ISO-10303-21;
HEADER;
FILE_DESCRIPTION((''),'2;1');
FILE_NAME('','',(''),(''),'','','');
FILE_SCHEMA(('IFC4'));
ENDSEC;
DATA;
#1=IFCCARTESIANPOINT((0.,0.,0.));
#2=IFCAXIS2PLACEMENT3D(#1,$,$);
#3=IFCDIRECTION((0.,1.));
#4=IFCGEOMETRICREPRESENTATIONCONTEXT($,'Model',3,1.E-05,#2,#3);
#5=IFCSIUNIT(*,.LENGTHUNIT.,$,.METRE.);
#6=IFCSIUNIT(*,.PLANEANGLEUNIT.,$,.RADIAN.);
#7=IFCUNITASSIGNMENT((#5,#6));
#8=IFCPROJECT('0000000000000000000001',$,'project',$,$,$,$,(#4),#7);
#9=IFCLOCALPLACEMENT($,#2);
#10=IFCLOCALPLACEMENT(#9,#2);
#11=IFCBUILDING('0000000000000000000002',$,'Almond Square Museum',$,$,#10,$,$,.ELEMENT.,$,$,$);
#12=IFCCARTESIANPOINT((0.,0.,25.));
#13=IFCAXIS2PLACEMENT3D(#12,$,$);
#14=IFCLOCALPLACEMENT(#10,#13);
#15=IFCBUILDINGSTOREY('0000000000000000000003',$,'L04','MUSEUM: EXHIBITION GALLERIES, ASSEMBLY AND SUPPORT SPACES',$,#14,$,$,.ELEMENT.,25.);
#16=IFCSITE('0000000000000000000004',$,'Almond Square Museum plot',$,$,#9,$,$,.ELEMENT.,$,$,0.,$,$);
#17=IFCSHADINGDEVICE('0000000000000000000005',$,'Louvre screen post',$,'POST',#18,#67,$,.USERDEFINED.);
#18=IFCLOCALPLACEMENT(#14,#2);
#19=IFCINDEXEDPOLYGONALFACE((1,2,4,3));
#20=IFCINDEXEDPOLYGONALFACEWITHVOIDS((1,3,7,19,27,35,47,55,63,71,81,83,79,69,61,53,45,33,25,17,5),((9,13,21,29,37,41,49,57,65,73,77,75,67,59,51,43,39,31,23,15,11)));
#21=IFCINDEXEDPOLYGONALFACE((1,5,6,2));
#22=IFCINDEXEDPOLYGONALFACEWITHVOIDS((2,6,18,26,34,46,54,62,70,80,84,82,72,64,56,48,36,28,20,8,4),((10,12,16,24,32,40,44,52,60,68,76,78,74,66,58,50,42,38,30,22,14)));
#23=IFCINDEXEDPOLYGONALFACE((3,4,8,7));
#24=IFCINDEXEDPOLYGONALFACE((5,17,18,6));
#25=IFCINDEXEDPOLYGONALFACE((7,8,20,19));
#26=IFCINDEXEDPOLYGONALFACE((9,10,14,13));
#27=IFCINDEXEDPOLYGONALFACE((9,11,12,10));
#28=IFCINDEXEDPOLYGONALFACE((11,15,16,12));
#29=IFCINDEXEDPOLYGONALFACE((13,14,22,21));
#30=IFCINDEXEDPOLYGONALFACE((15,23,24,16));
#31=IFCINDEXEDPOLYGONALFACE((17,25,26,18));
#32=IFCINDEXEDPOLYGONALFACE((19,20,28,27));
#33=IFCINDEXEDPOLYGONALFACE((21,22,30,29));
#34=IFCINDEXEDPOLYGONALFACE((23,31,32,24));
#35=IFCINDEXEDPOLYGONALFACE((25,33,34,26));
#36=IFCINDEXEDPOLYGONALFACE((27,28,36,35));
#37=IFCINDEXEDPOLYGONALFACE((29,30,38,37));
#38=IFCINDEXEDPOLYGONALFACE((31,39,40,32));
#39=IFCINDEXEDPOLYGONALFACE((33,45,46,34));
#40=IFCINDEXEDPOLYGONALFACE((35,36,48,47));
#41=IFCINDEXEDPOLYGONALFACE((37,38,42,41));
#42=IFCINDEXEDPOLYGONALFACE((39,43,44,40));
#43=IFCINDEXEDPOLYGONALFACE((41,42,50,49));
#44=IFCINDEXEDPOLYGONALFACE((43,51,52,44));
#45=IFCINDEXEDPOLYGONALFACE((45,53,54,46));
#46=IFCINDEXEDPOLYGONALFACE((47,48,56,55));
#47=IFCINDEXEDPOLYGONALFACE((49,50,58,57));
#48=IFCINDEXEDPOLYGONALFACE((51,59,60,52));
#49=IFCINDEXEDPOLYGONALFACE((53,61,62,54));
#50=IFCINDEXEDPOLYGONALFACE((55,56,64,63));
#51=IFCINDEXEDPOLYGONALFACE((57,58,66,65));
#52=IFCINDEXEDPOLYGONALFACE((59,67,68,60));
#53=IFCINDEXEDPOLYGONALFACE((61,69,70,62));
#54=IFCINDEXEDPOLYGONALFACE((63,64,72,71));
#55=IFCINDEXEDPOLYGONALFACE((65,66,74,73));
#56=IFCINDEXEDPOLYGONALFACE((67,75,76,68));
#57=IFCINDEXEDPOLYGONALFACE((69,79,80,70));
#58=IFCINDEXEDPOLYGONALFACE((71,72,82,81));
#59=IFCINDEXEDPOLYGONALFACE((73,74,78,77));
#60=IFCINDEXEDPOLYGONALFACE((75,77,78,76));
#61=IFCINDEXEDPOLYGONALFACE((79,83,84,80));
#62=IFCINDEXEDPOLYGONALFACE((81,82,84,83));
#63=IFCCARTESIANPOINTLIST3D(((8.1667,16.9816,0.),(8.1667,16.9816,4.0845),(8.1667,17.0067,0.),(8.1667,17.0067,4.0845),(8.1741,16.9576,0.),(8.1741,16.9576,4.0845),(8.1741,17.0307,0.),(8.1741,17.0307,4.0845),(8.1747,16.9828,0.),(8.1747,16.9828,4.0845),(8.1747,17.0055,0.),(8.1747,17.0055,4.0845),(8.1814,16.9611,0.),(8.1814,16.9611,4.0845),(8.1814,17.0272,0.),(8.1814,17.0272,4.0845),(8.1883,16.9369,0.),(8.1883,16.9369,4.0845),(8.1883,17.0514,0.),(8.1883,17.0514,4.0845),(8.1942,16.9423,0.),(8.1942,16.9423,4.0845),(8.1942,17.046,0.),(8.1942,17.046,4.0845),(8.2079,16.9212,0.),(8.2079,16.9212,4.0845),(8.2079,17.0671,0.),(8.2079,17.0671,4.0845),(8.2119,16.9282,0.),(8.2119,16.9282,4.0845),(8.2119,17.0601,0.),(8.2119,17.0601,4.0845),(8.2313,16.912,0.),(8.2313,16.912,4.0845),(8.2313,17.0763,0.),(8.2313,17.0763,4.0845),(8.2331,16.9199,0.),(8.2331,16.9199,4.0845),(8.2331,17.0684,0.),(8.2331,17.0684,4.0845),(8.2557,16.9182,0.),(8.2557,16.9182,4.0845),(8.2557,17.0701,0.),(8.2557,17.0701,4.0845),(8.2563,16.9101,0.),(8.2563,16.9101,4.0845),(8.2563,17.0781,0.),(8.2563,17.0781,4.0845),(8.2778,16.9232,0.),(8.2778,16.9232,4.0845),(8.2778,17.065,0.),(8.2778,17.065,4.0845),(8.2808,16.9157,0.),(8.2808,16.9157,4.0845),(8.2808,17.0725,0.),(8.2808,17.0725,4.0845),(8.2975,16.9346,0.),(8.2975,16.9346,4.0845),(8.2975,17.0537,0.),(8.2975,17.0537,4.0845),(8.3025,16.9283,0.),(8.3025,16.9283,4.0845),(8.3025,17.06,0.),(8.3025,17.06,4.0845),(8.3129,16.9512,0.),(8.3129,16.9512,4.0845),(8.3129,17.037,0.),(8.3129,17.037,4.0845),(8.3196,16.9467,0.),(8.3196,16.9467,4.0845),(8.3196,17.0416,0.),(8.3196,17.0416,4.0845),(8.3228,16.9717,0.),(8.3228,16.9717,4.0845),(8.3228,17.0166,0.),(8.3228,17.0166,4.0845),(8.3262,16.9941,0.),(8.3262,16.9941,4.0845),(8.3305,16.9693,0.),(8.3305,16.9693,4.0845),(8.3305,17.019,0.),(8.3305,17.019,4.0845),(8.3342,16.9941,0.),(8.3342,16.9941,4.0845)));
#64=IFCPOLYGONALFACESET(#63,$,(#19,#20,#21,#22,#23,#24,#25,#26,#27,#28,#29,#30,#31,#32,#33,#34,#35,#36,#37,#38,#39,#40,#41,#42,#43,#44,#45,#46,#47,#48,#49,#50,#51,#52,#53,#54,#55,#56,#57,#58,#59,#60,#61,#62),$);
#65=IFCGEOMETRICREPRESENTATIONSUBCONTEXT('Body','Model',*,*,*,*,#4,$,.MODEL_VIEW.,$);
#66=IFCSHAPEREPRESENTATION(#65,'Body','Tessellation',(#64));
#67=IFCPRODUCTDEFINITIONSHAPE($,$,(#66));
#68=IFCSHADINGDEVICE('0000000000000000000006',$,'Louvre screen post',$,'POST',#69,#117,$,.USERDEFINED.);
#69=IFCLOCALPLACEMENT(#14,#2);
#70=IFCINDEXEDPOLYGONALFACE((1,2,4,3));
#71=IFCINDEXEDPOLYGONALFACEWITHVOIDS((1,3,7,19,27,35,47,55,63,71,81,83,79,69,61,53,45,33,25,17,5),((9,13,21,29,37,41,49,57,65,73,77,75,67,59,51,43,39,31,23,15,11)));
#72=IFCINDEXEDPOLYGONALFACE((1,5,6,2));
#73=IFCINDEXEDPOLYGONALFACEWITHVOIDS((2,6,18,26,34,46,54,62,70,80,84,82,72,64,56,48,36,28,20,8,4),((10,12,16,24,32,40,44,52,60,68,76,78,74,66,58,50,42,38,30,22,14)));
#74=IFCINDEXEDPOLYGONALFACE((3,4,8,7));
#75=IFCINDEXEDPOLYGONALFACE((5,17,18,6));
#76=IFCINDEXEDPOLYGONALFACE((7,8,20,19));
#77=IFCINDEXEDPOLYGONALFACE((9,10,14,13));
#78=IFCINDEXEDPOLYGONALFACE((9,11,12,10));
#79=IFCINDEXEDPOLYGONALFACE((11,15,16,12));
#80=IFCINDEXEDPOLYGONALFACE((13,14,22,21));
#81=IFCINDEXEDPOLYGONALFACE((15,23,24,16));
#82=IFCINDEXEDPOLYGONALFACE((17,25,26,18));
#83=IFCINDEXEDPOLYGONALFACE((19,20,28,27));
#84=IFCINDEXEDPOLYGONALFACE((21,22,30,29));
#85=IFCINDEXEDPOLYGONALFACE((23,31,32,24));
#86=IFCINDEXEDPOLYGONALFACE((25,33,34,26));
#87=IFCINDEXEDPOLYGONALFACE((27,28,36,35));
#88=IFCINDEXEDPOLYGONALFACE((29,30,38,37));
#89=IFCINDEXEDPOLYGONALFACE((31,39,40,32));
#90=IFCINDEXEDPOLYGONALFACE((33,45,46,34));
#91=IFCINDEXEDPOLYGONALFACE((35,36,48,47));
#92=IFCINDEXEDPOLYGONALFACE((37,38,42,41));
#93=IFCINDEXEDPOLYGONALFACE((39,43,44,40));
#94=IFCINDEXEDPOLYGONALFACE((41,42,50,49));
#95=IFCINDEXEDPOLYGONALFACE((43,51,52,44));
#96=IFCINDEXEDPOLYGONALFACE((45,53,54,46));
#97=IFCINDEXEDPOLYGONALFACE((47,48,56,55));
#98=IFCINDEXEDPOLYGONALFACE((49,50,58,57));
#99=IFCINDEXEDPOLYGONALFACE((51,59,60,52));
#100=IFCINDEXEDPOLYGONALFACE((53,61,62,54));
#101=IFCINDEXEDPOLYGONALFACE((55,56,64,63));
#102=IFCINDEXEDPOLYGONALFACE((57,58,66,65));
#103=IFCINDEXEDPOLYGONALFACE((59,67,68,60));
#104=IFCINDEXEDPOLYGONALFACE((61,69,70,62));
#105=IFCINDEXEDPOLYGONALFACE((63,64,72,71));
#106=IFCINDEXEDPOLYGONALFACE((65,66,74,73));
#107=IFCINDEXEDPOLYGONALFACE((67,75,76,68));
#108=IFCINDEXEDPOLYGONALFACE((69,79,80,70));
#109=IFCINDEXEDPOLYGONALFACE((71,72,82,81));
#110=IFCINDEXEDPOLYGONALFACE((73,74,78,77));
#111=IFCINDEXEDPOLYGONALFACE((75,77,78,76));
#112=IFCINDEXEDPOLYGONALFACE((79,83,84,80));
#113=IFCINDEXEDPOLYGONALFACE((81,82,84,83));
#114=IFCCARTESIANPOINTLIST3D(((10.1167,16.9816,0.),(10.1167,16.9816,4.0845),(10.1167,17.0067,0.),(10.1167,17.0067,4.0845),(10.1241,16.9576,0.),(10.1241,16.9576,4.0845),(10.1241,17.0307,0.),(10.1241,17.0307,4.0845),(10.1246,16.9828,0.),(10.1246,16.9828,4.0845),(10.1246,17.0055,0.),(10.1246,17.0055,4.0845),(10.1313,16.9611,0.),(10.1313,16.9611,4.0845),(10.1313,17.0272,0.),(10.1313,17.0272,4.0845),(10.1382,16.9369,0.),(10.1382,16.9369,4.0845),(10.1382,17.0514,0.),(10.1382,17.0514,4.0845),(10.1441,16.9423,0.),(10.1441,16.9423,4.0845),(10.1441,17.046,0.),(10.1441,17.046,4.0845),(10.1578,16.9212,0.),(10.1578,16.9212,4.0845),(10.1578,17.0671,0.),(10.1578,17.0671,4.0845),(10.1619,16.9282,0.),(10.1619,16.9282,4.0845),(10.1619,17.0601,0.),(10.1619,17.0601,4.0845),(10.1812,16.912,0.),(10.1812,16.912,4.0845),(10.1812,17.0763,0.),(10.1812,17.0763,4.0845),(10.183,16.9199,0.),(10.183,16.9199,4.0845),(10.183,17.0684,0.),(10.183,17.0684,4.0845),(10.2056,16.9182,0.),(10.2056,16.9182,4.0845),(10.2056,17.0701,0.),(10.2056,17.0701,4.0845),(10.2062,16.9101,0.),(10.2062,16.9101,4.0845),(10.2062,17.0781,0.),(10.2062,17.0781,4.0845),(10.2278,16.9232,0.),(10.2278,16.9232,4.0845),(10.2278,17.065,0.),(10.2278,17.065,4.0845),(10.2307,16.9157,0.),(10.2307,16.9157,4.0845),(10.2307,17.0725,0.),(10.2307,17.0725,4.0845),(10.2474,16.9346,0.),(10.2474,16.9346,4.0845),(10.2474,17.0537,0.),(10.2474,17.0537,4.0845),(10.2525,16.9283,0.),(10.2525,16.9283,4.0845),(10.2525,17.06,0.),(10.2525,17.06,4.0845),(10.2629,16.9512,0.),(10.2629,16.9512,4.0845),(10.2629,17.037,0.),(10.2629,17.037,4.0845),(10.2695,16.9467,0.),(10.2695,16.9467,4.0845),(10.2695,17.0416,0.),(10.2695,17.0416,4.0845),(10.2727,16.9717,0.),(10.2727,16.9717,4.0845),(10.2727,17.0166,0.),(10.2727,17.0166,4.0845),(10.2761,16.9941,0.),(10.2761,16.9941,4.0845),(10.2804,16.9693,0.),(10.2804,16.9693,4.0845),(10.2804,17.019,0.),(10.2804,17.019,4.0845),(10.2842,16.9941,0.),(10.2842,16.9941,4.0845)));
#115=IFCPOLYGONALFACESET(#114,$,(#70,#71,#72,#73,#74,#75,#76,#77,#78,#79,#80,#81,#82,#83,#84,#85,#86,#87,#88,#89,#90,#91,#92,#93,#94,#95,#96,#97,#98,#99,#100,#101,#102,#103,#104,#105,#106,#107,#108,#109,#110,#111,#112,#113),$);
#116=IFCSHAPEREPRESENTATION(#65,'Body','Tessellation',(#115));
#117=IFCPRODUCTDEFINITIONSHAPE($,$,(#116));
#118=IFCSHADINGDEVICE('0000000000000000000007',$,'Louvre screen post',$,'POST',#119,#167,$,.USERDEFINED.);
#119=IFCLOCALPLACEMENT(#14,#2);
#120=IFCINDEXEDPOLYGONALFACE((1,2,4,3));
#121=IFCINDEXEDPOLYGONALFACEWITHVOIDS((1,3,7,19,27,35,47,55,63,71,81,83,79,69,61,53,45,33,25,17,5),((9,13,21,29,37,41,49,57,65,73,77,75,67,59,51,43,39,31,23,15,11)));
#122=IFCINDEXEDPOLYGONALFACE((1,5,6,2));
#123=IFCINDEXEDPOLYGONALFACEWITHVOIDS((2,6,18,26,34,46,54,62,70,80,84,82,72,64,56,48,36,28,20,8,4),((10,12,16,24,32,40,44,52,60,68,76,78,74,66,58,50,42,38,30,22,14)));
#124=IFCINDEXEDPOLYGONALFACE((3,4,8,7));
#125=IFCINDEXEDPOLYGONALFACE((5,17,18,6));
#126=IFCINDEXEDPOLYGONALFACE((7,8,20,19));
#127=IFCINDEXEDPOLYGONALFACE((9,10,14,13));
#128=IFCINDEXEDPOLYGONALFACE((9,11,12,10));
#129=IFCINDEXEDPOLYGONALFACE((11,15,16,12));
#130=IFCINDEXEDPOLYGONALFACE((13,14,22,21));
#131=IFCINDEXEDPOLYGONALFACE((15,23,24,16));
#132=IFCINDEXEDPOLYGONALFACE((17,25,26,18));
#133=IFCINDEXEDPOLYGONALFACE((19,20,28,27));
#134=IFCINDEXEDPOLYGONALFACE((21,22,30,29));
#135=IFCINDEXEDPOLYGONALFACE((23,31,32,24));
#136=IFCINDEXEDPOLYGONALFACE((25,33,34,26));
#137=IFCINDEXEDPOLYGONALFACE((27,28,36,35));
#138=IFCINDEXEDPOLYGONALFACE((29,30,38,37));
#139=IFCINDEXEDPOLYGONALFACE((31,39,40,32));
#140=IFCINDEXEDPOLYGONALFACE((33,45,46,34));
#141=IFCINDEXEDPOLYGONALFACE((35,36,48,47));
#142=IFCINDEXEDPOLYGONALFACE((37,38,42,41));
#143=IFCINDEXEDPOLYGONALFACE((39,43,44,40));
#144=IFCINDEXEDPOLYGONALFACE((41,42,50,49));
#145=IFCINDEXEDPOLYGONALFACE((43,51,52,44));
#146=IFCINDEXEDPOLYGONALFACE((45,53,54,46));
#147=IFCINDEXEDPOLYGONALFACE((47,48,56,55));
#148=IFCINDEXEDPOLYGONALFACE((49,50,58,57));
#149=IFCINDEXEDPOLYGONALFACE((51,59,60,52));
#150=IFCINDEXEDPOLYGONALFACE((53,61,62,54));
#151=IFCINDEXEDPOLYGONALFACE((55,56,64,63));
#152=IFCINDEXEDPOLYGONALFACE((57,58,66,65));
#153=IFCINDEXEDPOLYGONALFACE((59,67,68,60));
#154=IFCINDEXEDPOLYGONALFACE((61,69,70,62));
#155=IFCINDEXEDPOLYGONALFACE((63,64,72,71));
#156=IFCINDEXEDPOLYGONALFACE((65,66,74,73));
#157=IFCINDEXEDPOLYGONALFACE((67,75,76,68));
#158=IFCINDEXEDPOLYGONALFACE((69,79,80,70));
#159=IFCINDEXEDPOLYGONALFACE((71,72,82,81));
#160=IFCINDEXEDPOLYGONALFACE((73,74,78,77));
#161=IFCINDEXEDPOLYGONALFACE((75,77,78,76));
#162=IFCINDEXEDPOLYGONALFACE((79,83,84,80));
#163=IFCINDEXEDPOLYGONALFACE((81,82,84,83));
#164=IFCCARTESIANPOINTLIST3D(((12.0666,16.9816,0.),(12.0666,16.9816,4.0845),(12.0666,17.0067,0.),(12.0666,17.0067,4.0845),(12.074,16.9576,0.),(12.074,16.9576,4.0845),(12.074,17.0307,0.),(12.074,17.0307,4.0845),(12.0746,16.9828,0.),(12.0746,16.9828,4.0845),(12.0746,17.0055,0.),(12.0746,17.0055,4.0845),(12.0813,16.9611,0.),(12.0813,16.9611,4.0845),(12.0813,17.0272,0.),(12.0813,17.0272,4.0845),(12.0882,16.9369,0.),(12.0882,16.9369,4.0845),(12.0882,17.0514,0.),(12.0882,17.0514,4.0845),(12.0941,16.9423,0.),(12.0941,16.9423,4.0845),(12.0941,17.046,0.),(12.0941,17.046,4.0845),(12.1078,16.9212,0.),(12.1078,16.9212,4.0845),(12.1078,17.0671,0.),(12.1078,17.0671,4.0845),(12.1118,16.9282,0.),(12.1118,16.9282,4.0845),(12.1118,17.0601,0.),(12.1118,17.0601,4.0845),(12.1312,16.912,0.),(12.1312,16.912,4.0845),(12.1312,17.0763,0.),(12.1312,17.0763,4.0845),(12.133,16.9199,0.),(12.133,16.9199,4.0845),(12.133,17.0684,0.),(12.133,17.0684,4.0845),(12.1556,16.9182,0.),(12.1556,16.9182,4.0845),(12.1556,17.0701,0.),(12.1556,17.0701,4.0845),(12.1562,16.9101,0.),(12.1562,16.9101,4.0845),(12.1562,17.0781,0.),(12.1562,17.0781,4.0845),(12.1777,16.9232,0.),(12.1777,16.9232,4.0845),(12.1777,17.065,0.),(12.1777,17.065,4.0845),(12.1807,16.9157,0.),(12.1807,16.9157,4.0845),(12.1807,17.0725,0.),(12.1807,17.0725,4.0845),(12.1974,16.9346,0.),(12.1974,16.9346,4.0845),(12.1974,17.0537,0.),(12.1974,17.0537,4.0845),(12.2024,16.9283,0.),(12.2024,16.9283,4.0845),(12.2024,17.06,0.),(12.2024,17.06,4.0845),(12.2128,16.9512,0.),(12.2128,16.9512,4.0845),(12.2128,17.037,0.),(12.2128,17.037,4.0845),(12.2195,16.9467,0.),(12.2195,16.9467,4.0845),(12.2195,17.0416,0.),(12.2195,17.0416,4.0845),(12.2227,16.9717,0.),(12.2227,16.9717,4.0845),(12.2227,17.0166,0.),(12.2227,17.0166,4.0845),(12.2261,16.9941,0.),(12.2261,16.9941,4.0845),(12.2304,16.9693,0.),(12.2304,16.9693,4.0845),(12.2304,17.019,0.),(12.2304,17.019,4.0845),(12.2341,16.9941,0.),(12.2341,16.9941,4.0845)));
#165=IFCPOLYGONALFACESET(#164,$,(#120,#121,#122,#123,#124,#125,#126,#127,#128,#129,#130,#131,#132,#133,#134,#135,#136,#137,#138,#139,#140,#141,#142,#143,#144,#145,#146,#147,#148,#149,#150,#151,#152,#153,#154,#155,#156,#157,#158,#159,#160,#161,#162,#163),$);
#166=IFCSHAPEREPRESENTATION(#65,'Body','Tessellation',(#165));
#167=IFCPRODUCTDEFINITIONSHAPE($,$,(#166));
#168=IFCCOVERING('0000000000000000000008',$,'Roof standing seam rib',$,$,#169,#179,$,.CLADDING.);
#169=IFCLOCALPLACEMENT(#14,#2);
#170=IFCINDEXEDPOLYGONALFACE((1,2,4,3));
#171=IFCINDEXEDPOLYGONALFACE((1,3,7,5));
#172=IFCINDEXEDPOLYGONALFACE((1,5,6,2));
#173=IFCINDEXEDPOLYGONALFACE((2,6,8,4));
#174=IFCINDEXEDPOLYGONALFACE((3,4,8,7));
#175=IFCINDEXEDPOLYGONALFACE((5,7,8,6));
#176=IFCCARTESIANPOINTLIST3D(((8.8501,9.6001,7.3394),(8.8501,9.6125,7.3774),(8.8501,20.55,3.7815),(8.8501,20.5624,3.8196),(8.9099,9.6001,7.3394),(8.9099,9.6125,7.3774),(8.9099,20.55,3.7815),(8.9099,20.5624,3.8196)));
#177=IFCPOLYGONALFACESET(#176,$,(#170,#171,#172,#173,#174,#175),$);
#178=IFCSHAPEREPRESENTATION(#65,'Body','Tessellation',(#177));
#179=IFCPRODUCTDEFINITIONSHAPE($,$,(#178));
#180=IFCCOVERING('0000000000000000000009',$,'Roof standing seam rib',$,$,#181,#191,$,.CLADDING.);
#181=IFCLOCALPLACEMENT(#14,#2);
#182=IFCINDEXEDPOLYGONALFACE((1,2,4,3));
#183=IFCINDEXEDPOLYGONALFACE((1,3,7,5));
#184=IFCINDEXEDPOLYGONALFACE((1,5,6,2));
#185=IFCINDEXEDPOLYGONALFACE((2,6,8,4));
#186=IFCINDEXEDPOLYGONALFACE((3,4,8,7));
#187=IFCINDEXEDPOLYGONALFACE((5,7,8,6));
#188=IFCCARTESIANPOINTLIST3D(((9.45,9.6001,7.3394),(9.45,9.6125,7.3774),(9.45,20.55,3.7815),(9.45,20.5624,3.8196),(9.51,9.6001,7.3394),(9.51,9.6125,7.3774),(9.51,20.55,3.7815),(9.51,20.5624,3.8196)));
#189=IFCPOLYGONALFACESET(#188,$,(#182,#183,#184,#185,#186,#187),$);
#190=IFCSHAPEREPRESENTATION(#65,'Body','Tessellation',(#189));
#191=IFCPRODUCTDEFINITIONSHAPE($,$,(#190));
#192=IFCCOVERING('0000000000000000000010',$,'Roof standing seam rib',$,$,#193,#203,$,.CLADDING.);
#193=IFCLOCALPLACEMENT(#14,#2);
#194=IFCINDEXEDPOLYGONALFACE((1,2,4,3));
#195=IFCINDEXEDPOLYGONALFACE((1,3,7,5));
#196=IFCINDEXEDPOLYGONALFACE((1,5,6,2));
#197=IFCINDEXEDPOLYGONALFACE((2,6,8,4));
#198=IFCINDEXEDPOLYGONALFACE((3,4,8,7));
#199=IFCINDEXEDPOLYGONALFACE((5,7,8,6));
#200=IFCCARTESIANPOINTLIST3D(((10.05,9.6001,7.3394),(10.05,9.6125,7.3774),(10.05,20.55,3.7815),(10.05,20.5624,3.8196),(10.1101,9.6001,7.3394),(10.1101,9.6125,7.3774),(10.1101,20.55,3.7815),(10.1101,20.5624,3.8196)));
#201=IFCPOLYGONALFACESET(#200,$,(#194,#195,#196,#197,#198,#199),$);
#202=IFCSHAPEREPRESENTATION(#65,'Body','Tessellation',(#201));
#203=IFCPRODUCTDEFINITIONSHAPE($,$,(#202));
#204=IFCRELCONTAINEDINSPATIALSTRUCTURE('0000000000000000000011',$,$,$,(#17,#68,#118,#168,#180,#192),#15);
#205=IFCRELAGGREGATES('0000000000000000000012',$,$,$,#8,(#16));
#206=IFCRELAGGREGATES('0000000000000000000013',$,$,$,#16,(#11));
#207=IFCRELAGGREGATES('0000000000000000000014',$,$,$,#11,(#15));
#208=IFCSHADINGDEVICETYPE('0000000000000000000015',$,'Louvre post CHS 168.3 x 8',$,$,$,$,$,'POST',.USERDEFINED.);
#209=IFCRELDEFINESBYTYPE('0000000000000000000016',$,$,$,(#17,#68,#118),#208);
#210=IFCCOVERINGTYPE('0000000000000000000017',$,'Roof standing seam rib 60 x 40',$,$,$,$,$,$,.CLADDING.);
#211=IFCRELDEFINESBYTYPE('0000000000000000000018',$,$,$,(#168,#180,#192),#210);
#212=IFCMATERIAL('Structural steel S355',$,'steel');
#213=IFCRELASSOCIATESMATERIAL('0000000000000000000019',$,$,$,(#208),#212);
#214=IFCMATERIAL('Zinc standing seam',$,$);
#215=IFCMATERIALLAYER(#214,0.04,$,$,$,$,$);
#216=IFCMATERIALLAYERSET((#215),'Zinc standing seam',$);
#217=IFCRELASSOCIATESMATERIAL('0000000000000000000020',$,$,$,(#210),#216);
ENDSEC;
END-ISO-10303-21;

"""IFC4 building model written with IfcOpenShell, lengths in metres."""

from ifc_helpers import new_model, si_unit, direction, frame, origin, origin_2d, place, context, subcontext, project, spatial, polyline, hollow_circle, outline, extrude, material, layer, layer_set, material_profile, profile_set, type_object, element, save


model = new_model("IFC4")

# Units and contexts
model_context = context("Model", 3, precision=1e-05, world=origin(), true_north=direction((0.0, 1.0)))
body_context = subcontext(model_context, "Body", "Model", "MODEL_VIEW")
ifc_project = project(units=[si_unit("LENGTHUNIT", "METRE"), si_unit("PLANEANGLEUNIT", "RADIAN")], contexts=[model_context])

# Site, building, storey
site_placement = place(None, origin())
site = spatial("IfcSite", under=ifc_project, at=site_placement, Name="Almond Square Museum plot", CompositionType="ELEMENT", RefElevation=0.0)
building_placement = place(site_placement, origin())
building = spatial("IfcBuilding", under=site, at=building_placement, Name="Almond Square Museum", CompositionType="ELEMENT")
storey_placement = place(building_placement, frame((0.0, 0.0, 25.0)))
storey = spatial("IfcBuildingStorey", under=building, at=storey_placement, Name="L04", Description="MUSEUM: EXHIBITION GALLERIES, ASSEMBLY AND SUPPORT SPACES", CompositionType="ELEMENT", Elevation=25.0)

# Shading devices
ifc_material_1 = material(Name="Structural steel S355", Category="steel")
ifc_material_profile_1 = material_profile(ifc_material_1, hollow_circle(Radius=0.0842, WallThickness=0.0081, at=origin_2d()))
ifc_profile_set_1 = profile_set([ifc_material_profile_1], Name="Structural steel S355")
shading_device_type_1 = type_object("IfcShadingDeviceType", Name="Louvre post CHS 168.3 x 8", ElementType="POST", PredefinedType="USERDEFINED", material=ifc_profile_set_1)
for number, where, z_axis, x_axis, name in (
    (1, (8.25, 16.9941, 0.0), (0.0, 0.0, 1.0), (1.0, 0.0, 0.0), "Louvre screen post"),
    (2, (10.2, 16.9941, 0.0), (0.0, 0.0, 1.0), (1.0, 0.0, 0.0), "Louvre screen post"),
    (3, (12.1499, 16.9941, 0.0), (0.0, 0.0, 1.0), (1.0, 0.0, 0.0), "Louvre screen post"),
):
    element("IfcShadingDevice", number, at=place(storey_placement, frame(where, z_axis=z_axis, x_axis=x_axis)), inside=storey, type_object=shading_device_type_1, Name=name, ObjectType="POST", PredefinedType="USERDEFINED", context=body_context, shape_type="SweptSolid", body=[
        extrude(hollow_circle(Radius=0.0842, WallThickness=0.0081, at=origin_2d()), origin(), (0.0, 0.0, 1.0), 4.0845),
    ])

# Coverings
ifc_material_2 = material(Name="Zinc standing seam")
ifc_layer_1 = layer(ifc_material_2, 0.04)
ifc_layer_set_1 = layer_set([ifc_layer_1], Name="Zinc standing seam")
covering_type = type_object("IfcCoveringType", Name="Roof standing seam rib 60 x 40", PredefinedType="CLADDING", material=ifc_layer_set_1)
covering_1_placement = place(storey_placement, frame((8.9099, 9.6001, 7.3394), z_axis=(0.0, 0.309018, 0.951056), x_axis=(0.0, 0.951056, -0.309018)))
element("IfcCovering", 4, at=covering_1_placement, inside=storey, type_object=covering_type, Name="Roof standing seam rib", PredefinedType="CLADDING", context=body_context, shape_type="SweptSolid", body=[
    extrude(outline(polyline([(0.0, 0.0), (11.5135, 0.0), (11.5135, 0.0598), (0.0, 0.0598), (0.0, 0.0)])), origin(), (0.0, 0.0, 1.0), 0.04),
])
for number, where, z_axis, x_axis, name in (
    (5, (9.51, 9.6001, 7.3394), (0.0, 0.309018, 0.951056), (0.0, 0.951056, -0.309018), "Roof standing seam rib"),
    (6, (10.1101, 9.6001, 7.3394), (0.0, 0.309018, 0.951056), (0.0, 0.951056, -0.309018), "Roof standing seam rib"),
):
    element("IfcCovering", number, at=place(storey_placement, frame(where, z_axis=z_axis, x_axis=x_axis)), inside=storey, type_object=covering_type, Name=name, PredefinedType="CLADDING", context=body_context, shape_type="SweptSolid", body=[
        extrude(outline(polyline([(0.0, 0.0), (11.5135, 0.0), (11.5135, 0.0601), (0.0, 0.0601), (0.0, 0.0)])), origin(), (0.0, 0.0, 1.0), 0.04),
    ])

save(model, "model.ifc")
